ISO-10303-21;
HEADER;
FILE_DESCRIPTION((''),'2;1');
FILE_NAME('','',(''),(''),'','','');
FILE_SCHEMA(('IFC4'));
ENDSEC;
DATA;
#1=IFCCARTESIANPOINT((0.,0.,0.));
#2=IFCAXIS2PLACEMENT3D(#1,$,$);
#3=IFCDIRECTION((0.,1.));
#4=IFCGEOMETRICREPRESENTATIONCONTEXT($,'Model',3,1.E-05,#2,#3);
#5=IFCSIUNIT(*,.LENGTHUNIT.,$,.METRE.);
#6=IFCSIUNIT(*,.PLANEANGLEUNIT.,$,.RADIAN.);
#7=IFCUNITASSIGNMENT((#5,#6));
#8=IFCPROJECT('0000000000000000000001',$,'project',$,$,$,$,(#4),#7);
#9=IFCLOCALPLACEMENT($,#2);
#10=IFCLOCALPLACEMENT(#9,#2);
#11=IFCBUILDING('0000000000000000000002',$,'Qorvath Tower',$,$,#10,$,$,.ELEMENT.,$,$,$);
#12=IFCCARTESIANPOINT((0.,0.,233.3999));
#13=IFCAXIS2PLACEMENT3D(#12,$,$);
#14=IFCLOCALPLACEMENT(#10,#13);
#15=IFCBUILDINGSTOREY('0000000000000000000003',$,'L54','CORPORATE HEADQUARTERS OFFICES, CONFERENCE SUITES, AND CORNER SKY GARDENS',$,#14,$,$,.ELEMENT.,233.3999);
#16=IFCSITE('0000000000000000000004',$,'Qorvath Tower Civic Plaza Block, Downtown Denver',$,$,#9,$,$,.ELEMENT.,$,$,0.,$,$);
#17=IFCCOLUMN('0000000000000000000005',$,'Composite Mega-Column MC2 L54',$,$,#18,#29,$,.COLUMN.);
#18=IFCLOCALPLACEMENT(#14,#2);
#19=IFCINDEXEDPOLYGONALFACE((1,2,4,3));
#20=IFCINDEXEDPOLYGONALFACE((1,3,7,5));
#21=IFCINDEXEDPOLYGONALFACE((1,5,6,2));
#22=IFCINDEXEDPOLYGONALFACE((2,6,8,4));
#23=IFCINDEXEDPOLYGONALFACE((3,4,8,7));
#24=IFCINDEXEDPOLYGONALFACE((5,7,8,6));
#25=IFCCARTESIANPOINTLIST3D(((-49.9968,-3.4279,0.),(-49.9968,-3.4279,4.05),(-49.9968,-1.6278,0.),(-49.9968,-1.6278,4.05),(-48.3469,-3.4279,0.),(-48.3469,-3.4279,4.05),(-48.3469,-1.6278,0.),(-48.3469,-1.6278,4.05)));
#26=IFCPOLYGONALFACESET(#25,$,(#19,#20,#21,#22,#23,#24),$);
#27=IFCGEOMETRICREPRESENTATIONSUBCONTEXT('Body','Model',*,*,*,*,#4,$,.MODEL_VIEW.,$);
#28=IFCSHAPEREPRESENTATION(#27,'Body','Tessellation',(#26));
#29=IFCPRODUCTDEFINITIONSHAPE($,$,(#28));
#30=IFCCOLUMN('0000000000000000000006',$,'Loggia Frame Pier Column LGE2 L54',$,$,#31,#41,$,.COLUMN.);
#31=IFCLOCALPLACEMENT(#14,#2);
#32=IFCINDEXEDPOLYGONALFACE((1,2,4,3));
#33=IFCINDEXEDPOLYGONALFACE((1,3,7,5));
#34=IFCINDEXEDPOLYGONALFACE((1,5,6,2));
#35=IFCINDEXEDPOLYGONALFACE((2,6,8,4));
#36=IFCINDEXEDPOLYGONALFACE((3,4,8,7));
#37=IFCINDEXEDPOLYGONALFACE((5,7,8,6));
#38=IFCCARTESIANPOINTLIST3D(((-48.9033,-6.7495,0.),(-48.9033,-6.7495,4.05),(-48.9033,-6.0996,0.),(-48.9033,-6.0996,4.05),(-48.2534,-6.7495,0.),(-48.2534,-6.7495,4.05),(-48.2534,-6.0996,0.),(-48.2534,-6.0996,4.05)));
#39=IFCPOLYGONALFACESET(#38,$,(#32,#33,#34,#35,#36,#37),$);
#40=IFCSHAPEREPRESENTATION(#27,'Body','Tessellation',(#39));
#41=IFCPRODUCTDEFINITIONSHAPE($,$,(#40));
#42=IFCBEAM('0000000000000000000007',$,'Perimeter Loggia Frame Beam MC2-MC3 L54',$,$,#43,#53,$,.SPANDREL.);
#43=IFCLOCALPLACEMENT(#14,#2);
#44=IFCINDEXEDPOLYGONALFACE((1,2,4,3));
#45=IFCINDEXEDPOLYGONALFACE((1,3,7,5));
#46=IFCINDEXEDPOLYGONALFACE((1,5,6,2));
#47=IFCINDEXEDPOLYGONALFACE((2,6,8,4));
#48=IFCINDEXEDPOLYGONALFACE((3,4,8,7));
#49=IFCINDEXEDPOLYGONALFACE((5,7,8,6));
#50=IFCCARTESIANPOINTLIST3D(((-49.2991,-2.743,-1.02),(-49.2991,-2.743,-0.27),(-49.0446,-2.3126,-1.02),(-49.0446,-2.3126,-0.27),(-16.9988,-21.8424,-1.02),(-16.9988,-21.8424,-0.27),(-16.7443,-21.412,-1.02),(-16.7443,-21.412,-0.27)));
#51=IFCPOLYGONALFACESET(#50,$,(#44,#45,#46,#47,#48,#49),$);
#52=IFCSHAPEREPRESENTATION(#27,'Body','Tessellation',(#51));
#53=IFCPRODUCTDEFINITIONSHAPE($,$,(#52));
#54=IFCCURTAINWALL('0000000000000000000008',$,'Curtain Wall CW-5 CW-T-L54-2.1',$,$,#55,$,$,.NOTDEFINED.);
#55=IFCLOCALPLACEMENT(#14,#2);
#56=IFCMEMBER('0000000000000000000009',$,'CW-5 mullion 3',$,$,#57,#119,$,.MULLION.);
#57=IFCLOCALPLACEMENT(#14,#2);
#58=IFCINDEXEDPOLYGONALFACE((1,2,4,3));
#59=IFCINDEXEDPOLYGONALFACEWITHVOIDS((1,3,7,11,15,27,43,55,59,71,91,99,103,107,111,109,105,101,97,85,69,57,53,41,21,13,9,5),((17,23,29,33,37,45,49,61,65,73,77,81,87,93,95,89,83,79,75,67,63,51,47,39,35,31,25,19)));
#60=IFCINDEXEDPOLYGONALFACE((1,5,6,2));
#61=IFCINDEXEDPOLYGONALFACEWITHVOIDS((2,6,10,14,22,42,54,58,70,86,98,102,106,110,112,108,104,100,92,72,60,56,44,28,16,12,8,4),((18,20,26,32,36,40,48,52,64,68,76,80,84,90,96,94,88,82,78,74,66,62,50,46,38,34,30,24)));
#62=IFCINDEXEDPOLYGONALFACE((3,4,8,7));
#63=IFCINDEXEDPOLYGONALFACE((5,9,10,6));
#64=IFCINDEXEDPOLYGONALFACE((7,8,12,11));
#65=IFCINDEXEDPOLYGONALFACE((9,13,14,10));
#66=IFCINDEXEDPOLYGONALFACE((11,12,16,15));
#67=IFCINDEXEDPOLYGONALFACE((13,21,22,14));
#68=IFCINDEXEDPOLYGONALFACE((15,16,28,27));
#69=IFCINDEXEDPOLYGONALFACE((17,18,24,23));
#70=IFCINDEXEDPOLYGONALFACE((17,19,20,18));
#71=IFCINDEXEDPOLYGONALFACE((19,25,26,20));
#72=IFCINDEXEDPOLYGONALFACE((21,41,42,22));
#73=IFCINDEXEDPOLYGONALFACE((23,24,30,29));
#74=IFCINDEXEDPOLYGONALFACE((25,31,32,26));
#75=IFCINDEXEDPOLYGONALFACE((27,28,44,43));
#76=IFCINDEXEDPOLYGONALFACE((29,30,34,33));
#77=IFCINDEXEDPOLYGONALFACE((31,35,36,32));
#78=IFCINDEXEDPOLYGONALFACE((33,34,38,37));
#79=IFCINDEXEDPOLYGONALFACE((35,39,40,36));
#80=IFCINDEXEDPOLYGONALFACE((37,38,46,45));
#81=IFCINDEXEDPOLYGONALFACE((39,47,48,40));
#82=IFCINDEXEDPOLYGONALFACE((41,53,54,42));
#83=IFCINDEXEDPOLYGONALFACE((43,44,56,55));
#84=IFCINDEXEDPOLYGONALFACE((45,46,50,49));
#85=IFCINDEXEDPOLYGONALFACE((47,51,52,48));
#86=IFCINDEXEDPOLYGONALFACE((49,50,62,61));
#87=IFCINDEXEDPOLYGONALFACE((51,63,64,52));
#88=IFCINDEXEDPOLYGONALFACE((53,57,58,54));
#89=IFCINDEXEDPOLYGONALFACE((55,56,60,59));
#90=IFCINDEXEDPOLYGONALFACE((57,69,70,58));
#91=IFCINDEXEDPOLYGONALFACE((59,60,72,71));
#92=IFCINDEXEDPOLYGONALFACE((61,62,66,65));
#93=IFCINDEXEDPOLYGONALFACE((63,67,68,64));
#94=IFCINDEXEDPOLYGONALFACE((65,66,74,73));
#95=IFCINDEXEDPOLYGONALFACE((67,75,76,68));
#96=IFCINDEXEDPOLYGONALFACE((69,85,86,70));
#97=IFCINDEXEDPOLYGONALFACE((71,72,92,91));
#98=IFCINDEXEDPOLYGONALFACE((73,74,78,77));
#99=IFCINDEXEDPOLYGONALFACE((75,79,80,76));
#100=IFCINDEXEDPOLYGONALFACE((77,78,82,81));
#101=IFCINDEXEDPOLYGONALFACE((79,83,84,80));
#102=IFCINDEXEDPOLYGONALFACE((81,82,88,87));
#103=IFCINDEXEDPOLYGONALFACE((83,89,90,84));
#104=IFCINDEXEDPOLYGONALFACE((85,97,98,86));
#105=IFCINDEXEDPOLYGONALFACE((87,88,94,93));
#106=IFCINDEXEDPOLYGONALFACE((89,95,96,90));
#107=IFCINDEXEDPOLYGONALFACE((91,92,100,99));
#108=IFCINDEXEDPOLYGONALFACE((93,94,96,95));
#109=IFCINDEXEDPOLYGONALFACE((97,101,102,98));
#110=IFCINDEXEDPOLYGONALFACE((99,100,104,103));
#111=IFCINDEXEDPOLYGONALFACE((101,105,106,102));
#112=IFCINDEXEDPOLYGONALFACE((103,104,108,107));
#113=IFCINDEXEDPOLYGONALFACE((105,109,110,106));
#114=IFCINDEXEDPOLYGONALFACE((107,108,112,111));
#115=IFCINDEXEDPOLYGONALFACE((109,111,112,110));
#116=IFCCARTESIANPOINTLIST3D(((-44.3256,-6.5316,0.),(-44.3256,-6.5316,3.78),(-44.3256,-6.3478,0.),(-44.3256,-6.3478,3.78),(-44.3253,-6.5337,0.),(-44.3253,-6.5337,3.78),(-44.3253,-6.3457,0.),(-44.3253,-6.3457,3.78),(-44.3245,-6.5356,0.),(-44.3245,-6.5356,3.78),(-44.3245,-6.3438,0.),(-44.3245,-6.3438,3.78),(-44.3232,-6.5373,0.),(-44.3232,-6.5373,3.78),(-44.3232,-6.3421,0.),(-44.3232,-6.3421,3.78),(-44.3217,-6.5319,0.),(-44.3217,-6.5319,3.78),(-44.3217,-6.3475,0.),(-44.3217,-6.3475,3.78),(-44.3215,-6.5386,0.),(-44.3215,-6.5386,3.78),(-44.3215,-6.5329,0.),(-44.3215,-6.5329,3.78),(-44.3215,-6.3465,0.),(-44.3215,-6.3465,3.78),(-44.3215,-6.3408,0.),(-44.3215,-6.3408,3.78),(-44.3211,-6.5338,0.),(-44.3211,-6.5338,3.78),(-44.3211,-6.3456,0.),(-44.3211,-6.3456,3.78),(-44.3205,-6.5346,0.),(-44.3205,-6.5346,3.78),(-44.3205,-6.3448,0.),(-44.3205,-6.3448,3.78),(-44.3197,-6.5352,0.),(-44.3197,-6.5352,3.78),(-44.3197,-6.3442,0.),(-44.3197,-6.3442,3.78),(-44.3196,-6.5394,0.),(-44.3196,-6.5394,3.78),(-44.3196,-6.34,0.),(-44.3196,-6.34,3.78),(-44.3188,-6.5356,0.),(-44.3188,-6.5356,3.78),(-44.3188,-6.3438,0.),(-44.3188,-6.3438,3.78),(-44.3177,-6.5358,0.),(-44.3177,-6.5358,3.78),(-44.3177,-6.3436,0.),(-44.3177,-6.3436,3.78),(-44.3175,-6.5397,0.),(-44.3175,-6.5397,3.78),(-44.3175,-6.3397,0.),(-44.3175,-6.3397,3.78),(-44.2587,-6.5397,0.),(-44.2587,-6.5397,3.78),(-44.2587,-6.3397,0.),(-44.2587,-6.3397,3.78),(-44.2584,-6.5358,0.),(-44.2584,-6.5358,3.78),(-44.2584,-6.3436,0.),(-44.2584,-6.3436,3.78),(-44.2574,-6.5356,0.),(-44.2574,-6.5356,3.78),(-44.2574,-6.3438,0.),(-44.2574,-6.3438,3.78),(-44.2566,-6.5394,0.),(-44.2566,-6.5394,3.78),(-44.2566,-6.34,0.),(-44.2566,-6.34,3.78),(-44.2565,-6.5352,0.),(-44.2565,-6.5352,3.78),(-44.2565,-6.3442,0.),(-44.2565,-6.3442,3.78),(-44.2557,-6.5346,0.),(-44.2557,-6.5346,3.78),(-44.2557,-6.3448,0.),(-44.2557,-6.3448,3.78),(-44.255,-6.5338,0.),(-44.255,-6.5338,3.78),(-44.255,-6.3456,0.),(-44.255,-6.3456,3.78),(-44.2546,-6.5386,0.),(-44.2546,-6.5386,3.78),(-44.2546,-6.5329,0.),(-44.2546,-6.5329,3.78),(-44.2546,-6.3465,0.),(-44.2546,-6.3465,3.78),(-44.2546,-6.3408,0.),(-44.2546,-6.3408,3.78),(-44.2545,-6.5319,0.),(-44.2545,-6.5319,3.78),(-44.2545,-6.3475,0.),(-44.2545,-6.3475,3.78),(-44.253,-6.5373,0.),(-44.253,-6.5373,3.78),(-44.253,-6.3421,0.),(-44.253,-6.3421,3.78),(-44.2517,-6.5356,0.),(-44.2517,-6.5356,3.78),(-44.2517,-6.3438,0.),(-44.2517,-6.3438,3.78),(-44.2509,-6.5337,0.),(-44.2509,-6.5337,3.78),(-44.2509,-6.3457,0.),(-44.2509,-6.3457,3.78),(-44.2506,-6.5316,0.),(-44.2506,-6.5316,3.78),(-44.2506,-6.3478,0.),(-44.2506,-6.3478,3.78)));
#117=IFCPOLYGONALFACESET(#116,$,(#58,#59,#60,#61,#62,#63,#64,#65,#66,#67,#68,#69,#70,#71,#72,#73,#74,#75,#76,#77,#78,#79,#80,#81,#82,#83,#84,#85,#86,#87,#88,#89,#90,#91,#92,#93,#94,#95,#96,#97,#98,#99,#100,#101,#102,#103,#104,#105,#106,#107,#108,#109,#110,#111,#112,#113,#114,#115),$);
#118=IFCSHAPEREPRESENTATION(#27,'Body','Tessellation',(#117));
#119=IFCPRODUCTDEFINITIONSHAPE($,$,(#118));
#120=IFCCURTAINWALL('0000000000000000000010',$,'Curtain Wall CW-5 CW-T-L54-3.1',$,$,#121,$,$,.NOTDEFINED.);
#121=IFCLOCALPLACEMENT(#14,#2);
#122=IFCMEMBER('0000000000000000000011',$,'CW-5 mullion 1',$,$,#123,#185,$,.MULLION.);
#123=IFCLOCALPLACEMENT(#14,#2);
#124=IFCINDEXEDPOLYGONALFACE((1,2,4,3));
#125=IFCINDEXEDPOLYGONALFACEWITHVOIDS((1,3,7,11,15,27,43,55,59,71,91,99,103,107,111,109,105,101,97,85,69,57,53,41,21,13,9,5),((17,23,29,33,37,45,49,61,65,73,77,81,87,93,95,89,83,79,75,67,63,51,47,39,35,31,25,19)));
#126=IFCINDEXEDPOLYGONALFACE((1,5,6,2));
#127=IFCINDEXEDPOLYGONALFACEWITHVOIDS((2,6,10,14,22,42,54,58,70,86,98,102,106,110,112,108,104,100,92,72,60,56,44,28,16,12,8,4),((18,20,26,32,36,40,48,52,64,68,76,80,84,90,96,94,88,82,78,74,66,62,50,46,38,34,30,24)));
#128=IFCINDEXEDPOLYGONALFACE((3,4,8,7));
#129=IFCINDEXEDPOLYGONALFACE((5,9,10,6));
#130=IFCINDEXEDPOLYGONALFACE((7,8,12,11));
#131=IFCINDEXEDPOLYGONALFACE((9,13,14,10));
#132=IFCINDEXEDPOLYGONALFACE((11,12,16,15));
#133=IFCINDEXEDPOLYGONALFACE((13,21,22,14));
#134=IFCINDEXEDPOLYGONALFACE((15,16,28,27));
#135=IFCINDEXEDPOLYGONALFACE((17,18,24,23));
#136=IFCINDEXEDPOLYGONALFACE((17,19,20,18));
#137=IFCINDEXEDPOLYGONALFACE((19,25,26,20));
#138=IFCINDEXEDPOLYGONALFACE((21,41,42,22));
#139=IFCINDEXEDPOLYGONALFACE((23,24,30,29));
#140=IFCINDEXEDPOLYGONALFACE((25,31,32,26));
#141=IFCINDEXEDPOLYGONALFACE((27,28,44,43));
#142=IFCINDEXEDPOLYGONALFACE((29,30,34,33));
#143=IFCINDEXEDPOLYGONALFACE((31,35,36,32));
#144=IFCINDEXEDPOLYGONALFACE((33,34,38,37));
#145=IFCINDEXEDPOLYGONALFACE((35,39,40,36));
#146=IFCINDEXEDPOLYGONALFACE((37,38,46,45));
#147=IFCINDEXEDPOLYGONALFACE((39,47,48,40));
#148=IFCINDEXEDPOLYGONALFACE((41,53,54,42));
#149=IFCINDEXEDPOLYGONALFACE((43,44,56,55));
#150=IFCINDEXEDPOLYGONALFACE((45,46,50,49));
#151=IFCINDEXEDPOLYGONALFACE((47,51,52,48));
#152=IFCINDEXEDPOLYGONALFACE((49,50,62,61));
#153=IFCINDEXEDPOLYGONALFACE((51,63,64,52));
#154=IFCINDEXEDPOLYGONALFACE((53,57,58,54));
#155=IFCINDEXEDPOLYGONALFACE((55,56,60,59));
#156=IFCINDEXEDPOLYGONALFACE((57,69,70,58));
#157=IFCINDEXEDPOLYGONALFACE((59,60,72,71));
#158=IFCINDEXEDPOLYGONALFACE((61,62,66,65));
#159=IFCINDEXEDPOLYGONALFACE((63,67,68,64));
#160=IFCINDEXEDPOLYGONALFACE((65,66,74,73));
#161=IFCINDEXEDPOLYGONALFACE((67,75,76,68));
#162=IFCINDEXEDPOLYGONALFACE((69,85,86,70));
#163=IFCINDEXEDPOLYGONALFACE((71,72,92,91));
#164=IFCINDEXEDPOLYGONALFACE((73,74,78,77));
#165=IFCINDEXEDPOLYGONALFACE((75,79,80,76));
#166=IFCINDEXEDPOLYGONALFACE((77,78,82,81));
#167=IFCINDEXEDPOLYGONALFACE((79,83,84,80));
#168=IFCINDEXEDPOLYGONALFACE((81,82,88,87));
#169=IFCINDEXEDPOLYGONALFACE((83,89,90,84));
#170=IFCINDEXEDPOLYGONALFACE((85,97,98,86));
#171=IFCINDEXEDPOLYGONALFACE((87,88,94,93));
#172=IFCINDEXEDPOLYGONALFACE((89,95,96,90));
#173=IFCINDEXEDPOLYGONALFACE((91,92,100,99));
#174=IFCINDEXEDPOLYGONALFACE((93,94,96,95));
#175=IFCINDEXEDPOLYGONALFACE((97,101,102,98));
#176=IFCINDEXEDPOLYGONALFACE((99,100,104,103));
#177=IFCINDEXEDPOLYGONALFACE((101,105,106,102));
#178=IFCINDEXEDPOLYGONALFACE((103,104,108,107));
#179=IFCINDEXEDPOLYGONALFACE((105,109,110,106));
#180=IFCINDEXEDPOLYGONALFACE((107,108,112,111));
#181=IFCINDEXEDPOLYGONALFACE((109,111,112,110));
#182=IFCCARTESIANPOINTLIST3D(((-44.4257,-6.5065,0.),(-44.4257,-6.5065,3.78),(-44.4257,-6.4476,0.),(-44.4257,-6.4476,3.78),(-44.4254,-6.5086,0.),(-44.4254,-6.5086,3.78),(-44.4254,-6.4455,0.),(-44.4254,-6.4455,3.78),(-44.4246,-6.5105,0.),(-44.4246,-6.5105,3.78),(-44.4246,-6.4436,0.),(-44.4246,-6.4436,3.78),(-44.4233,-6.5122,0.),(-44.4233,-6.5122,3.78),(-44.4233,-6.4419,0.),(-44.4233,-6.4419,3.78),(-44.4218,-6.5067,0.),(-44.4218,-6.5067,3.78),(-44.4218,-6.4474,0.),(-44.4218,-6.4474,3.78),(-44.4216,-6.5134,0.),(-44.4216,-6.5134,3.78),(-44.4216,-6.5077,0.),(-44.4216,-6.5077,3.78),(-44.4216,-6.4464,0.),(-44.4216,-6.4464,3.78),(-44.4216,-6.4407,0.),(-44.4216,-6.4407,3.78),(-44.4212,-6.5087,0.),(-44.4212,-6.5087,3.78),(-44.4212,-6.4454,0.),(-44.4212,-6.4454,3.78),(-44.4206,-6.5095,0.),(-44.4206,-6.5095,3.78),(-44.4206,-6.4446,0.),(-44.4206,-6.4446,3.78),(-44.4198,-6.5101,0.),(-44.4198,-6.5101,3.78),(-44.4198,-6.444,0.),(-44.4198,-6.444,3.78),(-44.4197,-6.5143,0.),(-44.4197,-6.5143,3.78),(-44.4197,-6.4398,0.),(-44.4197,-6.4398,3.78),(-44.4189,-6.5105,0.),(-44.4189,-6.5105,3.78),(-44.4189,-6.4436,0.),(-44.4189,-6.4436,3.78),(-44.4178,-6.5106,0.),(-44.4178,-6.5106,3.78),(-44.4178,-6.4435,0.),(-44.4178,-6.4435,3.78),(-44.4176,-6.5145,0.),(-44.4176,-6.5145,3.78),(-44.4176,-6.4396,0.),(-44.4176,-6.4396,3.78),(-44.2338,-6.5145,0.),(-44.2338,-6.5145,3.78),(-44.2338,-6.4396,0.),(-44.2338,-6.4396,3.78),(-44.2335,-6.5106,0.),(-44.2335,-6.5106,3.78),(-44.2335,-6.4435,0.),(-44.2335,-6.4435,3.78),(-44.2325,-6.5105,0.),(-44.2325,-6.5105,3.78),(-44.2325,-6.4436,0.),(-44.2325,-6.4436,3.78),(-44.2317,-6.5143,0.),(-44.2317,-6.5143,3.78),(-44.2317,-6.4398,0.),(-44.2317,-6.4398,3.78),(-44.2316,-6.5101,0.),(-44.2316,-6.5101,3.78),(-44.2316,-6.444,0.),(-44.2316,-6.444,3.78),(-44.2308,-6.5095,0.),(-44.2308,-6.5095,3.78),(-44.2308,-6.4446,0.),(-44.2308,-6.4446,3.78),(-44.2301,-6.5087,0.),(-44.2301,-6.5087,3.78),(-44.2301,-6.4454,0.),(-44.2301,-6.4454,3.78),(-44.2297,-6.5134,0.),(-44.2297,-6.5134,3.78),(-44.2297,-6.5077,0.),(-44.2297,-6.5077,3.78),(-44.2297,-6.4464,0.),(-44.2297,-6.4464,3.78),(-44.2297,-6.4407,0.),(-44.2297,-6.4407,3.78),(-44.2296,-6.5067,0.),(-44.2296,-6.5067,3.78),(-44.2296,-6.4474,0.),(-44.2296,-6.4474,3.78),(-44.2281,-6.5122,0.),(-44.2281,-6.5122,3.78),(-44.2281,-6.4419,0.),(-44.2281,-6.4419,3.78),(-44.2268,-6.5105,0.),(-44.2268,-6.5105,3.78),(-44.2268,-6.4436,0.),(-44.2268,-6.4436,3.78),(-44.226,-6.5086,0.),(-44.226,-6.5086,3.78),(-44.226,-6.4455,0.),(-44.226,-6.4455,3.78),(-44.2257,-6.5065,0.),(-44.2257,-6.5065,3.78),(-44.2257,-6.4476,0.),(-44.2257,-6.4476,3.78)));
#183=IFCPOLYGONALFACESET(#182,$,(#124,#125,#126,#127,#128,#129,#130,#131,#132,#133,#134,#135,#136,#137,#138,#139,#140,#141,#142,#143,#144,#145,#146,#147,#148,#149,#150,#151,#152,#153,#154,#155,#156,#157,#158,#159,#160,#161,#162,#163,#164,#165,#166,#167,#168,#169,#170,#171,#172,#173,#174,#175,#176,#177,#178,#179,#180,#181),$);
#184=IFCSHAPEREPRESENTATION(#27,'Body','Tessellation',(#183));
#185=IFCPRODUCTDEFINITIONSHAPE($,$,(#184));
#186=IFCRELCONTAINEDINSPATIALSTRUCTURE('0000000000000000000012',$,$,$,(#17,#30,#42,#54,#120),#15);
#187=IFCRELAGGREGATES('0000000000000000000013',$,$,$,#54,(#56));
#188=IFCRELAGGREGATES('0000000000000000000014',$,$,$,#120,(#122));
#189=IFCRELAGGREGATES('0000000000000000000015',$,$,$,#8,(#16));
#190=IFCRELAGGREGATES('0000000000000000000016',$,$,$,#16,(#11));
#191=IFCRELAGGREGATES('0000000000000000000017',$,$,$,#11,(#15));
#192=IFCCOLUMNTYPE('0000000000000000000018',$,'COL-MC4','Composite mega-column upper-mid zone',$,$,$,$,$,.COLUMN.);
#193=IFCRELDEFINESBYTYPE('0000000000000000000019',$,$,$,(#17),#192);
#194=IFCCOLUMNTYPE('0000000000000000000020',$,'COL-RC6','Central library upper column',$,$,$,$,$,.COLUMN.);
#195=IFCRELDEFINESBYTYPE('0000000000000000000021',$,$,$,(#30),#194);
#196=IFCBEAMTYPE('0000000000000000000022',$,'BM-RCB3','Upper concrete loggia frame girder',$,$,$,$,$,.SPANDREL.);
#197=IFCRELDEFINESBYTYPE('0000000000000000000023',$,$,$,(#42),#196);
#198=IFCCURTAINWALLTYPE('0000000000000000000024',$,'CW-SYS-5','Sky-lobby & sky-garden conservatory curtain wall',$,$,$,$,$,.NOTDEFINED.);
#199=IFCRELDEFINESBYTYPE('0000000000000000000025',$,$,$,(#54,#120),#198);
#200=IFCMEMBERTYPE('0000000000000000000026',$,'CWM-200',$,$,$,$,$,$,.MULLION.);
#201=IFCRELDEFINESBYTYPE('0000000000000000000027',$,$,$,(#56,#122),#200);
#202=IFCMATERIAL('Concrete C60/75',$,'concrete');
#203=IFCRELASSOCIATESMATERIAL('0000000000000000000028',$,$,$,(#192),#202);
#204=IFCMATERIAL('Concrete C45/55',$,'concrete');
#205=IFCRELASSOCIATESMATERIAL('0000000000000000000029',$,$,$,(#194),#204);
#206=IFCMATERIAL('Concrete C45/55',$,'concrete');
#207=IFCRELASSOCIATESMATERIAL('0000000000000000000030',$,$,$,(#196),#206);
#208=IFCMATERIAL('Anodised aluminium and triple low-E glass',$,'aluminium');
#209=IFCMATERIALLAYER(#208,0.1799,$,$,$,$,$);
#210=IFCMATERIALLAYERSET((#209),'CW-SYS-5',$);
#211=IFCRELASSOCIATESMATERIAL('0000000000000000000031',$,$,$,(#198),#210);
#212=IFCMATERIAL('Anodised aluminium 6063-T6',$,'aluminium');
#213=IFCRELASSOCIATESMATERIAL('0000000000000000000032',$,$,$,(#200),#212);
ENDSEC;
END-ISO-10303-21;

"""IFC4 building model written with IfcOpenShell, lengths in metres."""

from ifc_helpers import new_model, si_unit, direction, frame, origin, origin_2d, place, context, subcontext, project, spatial, rectangle, hollow_rectangle, extrude, material, layer, layer_set, material_profile, profile_set, type_object, element, aggregate, save


model = new_model("IFC4")

# Units and contexts
model_context = context("Model", 3, precision=1e-05, world=origin(), true_north=direction((0.0, 1.0)))
body_context = subcontext(model_context, "Body", "Model", "MODEL_VIEW")
ifc_project = project(units=[si_unit("LENGTHUNIT", "METRE"), si_unit("PLANEANGLEUNIT", "RADIAN")], contexts=[model_context])

# Site, building, storey
site_placement = place(None, origin())
site = spatial("IfcSite", under=ifc_project, at=site_placement, Name="Qorvath Tower Civic Plaza Block, Downtown Denver", CompositionType="ELEMENT", RefElevation=0.0)
building_placement = place(site_placement, origin())
building = spatial("IfcBuilding", under=site, at=building_placement, Name="Qorvath Tower", CompositionType="ELEMENT")
storey_placement = place(building_placement, frame((0.0, 0.0, 233.3999)))
storey = spatial("IfcBuildingStorey", under=building, at=storey_placement, Name="L54", Description="CORPORATE HEADQUARTERS OFFICES, CONFERENCE SUITES, AND CORNER SKY GARDENS", CompositionType="ELEMENT", Elevation=233.3999)

# Columns
ifc_material_1 = material(Name="Concrete C60/75", Category="concrete")
ifc_material_profile_1 = material_profile(ifc_material_1, rectangle(XDim=1.6499, YDim=1.8, at=origin_2d()), Name="MC 1800x1650")
ifc_profile_set_1 = profile_set([ifc_material_profile_1], Name="Concrete C60/75")
column_type_1 = type_object("IfcColumnType", Name="COL-MC4", Description="Composite mega-column upper-mid zone", PredefinedType="COLUMN", material=ifc_profile_set_1)
column_1_placement = place(storey_placement, frame((-49.1719, -2.5278, 0.0), z_axis=(0.0, 0.0, 1.0), x_axis=(1.0, 0.0, 0.0)))
element("IfcColumn", 1, at=column_1_placement, inside=storey, type_object=column_type_1, Name="Composite Mega-Column MC2 L54", PredefinedType="COLUMN", context=body_context, shape_type="SweptSolid", body=[
    extrude(rectangle(XDim=1.6499, YDim=1.8, at=origin_2d()), origin(), (0.0, 0.0, 1.0), 4.05),
])
ifc_material_2 = material(Name="Concrete C45/55", Category="concrete")
ifc_material_profile_2 = material_profile(ifc_material_2, rectangle(XDim=0.6499, YDim=0.6499, at=origin_2d()), Name="RC 650x650")
ifc_profile_set_2 = profile_set([ifc_material_profile_2], Name="Concrete C45/55")
column_type_2 = type_object("IfcColumnType", Name="COL-RC6", Description="Central library upper column", PredefinedType="COLUMN", material=ifc_profile_set_2)
column_2_placement = place(storey_placement, frame((-48.5784, -6.4246, 0.0), z_axis=(0.0, 0.0, 1.0), x_axis=(1.0, 0.0, 0.0)))
element("IfcColumn", 2, at=column_2_placement, inside=storey, type_object=column_type_2, Name="Loggia Frame Pier Column LGE2 L54", PredefinedType="COLUMN", context=body_context, shape_type="SweptSolid", body=[
    extrude(rectangle(XDim=0.6499, YDim=0.6499, at=origin_2d()), origin(), (0.0, 0.0, 1.0), 4.05),
])

# Beam
ifc_material_3 = material(Name="Concrete C45/55", Category="concrete")
ifc_material_profile_3 = material_profile(ifc_material_3, rectangle(XDim=0.5, YDim=0.75, at=origin_2d()), Name="RCB 750x500")
ifc_profile_set_3 = profile_set([ifc_material_profile_3], Name="Concrete C45/55")
beam_type = type_object("IfcBeamType", Name="BM-RCB3", Description="Upper concrete loggia frame girder", PredefinedType="SPANDREL", material=ifc_profile_set_3)
beam_placement = place(storey_placement, frame((-49.1719, -2.5278, -0.645), z_axis=(0.860777, -0.508983, 0.0), x_axis=(0.508983, 0.860777, 0.0)))
element("IfcBeam", 3, at=beam_placement, inside=storey, type_object=beam_type, Name="Perimeter Loggia Frame Beam MC2-MC3 L54", PredefinedType="SPANDREL", context=body_context, shape_type="SweptSolid", body=[
    extrude(rectangle(XDim=0.5, YDim=0.75, at=origin_2d()), origin(), (0.0, 0.0, 1.0), 37.5247),
])

# Curtain wall, member
ifc_material_4 = material(Name="Anodised aluminium and triple low-E glass", Category="aluminium")
ifc_layer_1 = layer(ifc_material_4, 0.1799)
ifc_layer_set_1 = layer_set([ifc_layer_1], Name="CW-SYS-5")
curtain_wall_type = type_object("IfcCurtainWallType", Name="CW-SYS-5", Description="Sky-lobby & sky-garden conservatory curtain wall", PredefinedType="NOTDEFINED", material=ifc_layer_set_1)
curtain_wall_1_placement = place(storey_placement, origin())
curtain_wall_1 = element("IfcCurtainWall", 4, at=curtain_wall_1_placement, inside=storey, type_object=curtain_wall_type, Name="Curtain Wall CW-5 CW-T-L54-2.1", PredefinedType="NOTDEFINED")
ifc_material_5 = material(Name="Anodised aluminium 6063-T6", Category="aluminium")
ifc_material_profile_4 = material_profile(ifc_material_5, hollow_rectangle(XDim=0.075, YDim=0.2, WallThickness=0.0039, InnerFilletRadius=0.0039, OuterFilletRadius=0.0081, at=origin_2d()), Name="CWM 200x75")
ifc_profile_set_4 = profile_set([ifc_material_profile_4], Name="Anodised aluminium 6063-T6")
member_type_1 = type_object("IfcMemberType", Name="CWM-200", PredefinedType="MULLION", material=ifc_profile_set_4)
member_1_placement = place(storey_placement, frame((-44.2881, -6.4397, 0.0), z_axis=(0.0, 0.0, 1.0), x_axis=(1.0, 0.0, 0.0)))
member_1 = element("IfcMember", 5, at=member_1_placement, type_object=member_type_1, Name="CW-5 mullion 3", PredefinedType="MULLION", context=body_context, shape_type="SweptSolid", body=[
    extrude(hollow_rectangle(XDim=0.075, YDim=0.2, WallThickness=0.0039, InnerFilletRadius=0.0039, OuterFilletRadius=0.0081, at=origin_2d()), origin(), (0.0, 0.0, 1.0), 3.78),
])

# Curtain wall, member
curtain_wall_2_placement = place(storey_placement, origin())
curtain_wall_2 = element("IfcCurtainWall", 6, at=curtain_wall_2_placement, inside=storey, type_object=curtain_wall_type, Name="Curtain Wall CW-5 CW-T-L54-3.1", PredefinedType="NOTDEFINED")
member_2_placement = place(storey_placement, frame((-44.3257, -6.4771, 0.0), z_axis=(0.0, 0.0, 1.0), x_axis=(0.0, -1.0, 0.0)))
member_2 = element("IfcMember", 7, at=member_2_placement, type_object=member_type_1, Name="CW-5 mullion 1", PredefinedType="MULLION", context=body_context, shape_type="SweptSolid", body=[
    extrude(hollow_rectangle(XDim=0.075, YDim=0.2, WallThickness=0.0039, InnerFilletRadius=0.0039, OuterFilletRadius=0.0081, at=origin_2d()), origin(), (0.0, 0.0, 1.0), 3.78),
])

aggregate(curtain_wall_1, [member_1])
aggregate(curtain_wall_2, [member_2])

save(model, "model.ifc")
